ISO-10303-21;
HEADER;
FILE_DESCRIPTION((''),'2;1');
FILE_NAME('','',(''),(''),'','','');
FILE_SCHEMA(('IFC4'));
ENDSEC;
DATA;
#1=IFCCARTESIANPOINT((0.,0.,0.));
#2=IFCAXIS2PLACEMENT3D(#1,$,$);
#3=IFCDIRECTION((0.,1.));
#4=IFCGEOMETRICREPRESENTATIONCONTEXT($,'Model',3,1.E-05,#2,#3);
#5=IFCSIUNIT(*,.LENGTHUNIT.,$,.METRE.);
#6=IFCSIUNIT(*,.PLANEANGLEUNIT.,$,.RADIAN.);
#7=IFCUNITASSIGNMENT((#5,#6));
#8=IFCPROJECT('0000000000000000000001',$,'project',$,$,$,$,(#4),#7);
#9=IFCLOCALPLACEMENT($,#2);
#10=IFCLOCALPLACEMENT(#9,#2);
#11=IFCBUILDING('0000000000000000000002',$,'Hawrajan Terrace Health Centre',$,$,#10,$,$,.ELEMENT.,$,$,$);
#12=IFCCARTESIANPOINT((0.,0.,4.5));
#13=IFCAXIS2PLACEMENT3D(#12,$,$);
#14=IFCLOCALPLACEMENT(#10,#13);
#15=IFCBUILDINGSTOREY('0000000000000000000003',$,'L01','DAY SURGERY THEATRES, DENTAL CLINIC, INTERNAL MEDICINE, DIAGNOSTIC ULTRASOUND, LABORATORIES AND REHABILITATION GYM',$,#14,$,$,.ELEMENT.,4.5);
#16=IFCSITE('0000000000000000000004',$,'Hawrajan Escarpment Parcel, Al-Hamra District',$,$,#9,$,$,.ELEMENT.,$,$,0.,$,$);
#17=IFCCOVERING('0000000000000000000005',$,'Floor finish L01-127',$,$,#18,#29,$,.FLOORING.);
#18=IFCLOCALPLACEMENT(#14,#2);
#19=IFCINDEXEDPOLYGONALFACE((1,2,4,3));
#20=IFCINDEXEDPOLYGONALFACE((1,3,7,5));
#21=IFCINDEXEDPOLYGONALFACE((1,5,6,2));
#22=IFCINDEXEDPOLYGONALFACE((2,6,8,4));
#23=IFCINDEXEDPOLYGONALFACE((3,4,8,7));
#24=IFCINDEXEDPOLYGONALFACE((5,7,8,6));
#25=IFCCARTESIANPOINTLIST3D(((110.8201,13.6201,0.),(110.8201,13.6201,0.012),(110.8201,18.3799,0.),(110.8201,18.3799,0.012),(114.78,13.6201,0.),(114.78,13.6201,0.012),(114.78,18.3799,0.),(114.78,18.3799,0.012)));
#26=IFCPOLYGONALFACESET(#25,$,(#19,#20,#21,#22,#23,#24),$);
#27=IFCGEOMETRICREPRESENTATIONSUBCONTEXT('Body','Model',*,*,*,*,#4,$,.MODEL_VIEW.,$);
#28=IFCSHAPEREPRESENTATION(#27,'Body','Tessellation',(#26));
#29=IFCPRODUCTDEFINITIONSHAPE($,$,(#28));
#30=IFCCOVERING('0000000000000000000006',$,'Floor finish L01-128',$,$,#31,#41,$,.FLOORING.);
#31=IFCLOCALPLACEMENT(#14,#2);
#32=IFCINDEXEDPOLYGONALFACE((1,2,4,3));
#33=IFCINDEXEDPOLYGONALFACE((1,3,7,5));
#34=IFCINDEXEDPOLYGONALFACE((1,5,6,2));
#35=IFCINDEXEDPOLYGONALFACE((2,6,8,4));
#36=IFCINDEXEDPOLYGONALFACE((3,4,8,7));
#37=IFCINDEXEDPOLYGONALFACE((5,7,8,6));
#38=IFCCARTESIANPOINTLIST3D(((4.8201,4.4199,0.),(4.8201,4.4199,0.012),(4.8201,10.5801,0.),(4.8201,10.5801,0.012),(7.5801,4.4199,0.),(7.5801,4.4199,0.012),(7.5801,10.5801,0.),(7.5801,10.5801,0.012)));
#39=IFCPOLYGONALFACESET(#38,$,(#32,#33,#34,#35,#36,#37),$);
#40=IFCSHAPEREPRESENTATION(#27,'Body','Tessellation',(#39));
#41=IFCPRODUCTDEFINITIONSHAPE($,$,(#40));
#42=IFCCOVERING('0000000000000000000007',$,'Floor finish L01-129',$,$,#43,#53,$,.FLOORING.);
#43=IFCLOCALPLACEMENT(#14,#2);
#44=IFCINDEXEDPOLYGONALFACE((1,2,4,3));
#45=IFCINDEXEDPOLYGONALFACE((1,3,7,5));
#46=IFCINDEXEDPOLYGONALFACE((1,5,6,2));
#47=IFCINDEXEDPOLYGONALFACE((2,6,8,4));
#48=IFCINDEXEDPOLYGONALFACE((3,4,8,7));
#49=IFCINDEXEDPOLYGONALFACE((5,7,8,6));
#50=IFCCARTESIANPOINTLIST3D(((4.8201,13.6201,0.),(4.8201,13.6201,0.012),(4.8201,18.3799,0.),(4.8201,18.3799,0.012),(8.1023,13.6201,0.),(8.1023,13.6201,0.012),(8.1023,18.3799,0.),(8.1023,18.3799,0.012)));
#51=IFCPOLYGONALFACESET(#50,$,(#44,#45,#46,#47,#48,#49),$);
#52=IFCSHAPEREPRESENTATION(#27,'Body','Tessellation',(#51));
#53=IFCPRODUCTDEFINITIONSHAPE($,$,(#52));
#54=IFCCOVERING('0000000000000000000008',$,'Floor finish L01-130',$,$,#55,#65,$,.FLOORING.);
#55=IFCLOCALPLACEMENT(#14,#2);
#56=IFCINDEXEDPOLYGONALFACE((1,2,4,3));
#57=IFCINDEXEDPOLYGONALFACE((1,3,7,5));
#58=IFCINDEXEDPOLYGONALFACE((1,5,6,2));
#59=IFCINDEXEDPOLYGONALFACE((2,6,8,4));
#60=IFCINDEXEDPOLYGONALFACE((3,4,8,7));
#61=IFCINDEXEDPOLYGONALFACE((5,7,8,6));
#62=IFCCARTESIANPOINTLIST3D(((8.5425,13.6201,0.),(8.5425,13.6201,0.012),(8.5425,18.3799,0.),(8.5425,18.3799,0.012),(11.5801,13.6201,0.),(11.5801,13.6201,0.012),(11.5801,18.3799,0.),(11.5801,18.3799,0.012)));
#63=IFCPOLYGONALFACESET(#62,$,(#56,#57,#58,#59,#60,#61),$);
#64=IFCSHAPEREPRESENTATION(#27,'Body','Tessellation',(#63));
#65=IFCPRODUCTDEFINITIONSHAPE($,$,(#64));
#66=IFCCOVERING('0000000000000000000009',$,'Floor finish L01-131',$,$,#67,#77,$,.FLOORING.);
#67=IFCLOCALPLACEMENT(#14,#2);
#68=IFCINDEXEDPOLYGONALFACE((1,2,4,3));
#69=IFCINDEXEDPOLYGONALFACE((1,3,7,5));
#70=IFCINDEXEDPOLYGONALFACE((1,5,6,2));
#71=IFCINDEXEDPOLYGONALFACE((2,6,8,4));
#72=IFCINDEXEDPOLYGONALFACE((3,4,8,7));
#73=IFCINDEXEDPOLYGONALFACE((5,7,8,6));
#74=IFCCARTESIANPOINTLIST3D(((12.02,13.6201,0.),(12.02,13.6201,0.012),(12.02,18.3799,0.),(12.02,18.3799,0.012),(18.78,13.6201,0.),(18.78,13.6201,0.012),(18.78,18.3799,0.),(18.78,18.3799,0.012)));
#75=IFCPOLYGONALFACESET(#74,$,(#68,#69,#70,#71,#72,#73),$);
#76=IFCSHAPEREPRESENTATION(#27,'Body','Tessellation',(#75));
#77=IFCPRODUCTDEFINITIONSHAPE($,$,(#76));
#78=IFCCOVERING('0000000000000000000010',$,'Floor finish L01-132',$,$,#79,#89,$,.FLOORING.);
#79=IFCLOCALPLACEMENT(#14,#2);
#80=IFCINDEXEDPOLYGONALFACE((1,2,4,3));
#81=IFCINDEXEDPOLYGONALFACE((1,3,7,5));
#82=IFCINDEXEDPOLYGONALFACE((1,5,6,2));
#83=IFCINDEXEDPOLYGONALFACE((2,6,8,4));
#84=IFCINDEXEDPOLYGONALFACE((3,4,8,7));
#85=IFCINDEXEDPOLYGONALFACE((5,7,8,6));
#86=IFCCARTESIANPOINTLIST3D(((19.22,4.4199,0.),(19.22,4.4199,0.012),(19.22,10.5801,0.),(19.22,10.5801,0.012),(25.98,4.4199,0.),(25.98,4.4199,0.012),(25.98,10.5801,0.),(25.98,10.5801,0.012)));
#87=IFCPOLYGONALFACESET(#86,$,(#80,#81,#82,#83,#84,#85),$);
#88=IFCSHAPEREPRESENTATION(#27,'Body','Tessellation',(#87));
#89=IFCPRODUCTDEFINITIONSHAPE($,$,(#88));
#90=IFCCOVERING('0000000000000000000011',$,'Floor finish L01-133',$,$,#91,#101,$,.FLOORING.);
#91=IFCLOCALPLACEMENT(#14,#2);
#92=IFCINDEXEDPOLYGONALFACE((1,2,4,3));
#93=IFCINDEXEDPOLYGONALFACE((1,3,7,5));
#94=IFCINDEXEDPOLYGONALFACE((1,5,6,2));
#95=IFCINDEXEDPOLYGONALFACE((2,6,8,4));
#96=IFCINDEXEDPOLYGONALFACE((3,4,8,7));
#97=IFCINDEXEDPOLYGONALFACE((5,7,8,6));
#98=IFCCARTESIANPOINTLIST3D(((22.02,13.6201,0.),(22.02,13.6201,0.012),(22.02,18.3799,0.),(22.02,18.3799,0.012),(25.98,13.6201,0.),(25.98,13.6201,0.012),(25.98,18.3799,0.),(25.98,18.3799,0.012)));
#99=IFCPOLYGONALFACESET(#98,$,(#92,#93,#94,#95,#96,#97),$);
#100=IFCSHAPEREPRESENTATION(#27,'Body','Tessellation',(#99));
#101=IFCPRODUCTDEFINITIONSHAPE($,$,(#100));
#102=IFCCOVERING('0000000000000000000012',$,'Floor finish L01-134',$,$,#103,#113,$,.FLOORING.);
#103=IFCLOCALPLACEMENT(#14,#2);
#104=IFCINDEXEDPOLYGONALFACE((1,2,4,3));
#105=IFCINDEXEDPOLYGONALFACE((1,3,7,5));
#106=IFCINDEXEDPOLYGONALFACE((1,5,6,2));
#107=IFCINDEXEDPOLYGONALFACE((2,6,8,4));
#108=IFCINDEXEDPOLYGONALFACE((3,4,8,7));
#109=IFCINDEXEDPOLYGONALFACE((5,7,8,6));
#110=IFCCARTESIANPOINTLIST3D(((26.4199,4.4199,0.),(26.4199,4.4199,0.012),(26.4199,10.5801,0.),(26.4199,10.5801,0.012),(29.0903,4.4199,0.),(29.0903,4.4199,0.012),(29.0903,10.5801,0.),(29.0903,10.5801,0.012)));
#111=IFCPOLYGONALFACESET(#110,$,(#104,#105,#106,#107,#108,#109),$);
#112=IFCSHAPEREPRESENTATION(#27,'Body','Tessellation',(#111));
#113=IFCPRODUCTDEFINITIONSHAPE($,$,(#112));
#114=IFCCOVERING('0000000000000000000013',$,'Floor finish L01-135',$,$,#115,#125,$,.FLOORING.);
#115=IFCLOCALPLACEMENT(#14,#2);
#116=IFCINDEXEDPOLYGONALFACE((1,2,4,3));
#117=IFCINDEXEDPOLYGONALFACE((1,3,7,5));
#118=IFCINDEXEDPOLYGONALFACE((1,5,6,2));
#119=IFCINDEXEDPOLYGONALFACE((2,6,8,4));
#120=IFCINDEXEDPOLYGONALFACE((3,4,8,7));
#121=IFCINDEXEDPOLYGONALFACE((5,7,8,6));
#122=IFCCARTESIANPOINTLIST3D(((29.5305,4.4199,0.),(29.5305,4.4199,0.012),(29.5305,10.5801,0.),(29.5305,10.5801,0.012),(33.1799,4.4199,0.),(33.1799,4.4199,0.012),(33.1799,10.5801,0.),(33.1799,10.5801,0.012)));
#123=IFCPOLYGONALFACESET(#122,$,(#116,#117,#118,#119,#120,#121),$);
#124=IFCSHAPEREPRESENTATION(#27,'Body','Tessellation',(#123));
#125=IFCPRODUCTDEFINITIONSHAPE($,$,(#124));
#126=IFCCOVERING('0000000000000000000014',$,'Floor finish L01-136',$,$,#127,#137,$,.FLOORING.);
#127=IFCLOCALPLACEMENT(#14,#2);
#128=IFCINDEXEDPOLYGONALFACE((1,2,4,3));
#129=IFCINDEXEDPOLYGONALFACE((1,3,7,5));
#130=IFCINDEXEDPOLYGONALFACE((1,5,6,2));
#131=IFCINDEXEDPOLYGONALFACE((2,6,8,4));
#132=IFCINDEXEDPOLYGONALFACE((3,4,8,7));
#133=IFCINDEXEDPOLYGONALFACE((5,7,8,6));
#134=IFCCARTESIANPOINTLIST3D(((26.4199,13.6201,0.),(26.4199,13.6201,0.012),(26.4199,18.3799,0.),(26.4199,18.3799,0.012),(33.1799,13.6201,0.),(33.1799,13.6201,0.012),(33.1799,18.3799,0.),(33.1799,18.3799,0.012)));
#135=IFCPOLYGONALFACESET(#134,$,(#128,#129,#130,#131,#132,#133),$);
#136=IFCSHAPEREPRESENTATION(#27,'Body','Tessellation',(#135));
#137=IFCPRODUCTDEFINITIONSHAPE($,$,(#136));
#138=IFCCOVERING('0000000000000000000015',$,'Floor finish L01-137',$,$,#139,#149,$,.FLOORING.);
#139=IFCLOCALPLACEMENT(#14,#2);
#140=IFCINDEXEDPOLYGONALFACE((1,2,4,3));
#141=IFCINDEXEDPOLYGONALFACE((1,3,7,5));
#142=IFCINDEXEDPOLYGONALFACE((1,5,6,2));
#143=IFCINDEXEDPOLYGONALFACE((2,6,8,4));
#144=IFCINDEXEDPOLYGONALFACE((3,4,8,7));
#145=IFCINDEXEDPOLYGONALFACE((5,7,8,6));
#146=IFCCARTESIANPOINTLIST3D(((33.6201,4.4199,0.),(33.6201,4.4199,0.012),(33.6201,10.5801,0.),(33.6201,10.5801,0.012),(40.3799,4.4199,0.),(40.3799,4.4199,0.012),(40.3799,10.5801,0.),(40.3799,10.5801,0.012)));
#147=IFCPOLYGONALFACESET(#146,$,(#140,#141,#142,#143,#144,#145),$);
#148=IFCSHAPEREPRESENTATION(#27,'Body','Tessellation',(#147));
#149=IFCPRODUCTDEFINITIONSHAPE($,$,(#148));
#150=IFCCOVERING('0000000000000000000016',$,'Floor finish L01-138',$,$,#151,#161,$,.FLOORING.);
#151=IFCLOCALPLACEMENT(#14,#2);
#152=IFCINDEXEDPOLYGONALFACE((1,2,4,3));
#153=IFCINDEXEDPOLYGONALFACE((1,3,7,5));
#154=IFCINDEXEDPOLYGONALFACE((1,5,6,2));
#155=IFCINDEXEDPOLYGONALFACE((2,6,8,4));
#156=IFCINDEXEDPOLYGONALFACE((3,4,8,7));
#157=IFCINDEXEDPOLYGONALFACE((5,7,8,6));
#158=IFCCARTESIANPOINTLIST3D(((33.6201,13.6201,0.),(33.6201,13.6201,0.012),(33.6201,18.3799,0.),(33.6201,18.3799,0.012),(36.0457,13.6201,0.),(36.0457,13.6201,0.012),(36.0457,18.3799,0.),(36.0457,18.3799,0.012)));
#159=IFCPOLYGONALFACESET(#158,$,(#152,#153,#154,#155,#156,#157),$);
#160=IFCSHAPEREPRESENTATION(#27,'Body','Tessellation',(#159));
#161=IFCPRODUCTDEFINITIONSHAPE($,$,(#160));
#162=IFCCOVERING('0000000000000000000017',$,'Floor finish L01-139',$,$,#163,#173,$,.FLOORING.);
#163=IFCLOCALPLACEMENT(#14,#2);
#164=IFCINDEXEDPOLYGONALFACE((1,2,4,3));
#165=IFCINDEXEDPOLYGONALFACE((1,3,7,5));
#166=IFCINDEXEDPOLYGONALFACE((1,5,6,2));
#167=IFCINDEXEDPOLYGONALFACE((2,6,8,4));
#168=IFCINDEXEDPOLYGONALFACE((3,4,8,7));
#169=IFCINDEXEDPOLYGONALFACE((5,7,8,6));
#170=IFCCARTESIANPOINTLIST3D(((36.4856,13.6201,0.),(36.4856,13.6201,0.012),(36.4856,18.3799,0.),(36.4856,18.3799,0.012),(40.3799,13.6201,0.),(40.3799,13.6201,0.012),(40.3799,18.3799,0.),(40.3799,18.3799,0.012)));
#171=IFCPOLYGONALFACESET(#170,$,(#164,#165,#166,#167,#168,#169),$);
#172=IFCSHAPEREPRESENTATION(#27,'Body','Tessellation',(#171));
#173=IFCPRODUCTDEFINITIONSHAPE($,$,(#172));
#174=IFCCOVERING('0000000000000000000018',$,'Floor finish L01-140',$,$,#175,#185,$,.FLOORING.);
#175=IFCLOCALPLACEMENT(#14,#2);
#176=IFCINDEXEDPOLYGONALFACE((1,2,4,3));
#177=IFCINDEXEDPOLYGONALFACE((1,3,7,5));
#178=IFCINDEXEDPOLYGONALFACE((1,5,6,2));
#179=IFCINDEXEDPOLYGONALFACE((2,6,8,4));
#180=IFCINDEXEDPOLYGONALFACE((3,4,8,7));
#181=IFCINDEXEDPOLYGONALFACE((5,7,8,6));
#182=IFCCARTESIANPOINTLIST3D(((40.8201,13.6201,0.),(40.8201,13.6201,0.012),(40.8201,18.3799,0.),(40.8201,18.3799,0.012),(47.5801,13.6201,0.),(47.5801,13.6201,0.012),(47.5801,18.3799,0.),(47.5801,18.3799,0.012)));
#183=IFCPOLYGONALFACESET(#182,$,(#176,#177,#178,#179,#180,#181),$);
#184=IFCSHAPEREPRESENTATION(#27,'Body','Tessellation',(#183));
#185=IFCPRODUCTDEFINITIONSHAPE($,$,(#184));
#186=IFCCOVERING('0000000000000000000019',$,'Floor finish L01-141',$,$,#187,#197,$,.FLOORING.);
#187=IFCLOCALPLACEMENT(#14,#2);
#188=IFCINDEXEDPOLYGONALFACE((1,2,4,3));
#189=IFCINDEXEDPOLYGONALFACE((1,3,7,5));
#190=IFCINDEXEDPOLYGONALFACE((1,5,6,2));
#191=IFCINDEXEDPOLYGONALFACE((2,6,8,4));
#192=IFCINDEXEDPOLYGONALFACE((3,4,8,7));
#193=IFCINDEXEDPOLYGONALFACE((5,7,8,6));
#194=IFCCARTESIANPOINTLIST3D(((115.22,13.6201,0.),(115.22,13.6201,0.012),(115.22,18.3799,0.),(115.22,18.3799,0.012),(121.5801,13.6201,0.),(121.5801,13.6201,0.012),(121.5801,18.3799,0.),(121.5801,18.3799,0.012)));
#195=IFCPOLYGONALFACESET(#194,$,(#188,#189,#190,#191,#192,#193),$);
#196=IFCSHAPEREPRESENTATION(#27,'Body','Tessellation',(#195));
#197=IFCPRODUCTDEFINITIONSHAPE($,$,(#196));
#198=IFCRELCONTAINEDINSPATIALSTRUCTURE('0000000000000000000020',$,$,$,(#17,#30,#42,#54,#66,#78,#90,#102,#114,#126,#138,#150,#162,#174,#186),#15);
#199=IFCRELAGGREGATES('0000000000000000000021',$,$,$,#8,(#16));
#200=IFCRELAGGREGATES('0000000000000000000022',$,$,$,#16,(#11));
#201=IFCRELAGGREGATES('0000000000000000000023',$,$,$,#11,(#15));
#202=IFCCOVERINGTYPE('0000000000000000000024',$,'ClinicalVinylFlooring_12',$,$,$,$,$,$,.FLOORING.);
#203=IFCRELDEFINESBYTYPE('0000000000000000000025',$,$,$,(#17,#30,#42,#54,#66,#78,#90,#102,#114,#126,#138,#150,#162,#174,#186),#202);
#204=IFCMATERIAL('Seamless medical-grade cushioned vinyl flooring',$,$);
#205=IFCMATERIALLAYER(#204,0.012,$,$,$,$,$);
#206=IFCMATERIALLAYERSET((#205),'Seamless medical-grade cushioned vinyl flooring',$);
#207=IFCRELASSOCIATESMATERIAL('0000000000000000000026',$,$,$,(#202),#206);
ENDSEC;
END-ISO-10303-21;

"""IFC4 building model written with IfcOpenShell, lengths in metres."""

from ifc_helpers import new_model, si_unit, direction, frame, origin, place, context, subcontext, project, spatial, polyline, outline, extrude, material, layer, layer_set, type_object, element, save


model = new_model("IFC4")

# Units and contexts
model_context = context("Model", 3, precision=1e-05, world=origin(), true_north=direction((0.0, 1.0)))
body_context = subcontext(model_context, "Body", "Model", "MODEL_VIEW")
ifc_project = project(units=[si_unit("LENGTHUNIT", "METRE"), si_unit("PLANEANGLEUNIT", "RADIAN")], contexts=[model_context])

# Site, building, storey
site_placement = place(None, origin())
site = spatial("IfcSite", under=ifc_project, at=site_placement, Name="Hawrajan Escarpment Parcel, Al-Hamra District", CompositionType="ELEMENT", RefElevation=0.0)
building_placement = place(site_placement, origin())
building = spatial("IfcBuilding", under=site, at=building_placement, Name="Hawrajan Terrace Health Centre", CompositionType="ELEMENT")
storey_placement = place(building_placement, frame((0.0, 0.0, 4.5)))
storey = spatial("IfcBuildingStorey", under=building, at=storey_placement, Name="L01", Description="DAY SURGERY THEATRES, DENTAL CLINIC, INTERNAL MEDICINE, DIAGNOSTIC ULTRASOUND, LABORATORIES AND REHABILITATION GYM", CompositionType="ELEMENT", Elevation=4.5)

# Coverings
ifc_material = material(Name="Seamless medical-grade cushioned vinyl flooring")
ifc_layer = layer(ifc_material, 0.012)
ifc_layer_set = layer_set([ifc_layer], Name="Seamless medical-grade cushioned vinyl flooring")
covering_type = type_object("IfcCoveringType", Name="ClinicalVinylFlooring_12", PredefinedType="FLOORING", material=ifc_layer_set)
covering_1_placement = place(storey_placement, origin())
element("IfcCovering", 1, at=covering_1_placement, inside=storey, type_object=covering_type, Name="Floor finish L01-127", PredefinedType="FLOORING", context=body_context, shape_type="SweptSolid", body=[
    extrude(outline(polyline([(110.8201, 18.3799), (114.78, 18.3799), (114.78, 13.6201), (110.8201, 13.6201), (110.8201, 18.3799)])), origin(), (0.0, 0.0, 1.0), 0.012),
])
covering_2_placement = place(storey_placement, origin())
element("IfcCovering", 2, at=covering_2_placement, inside=storey, type_object=covering_type, Name="Floor finish L01-128", PredefinedType="FLOORING", context=body_context, shape_type="SweptSolid", body=[
    extrude(outline(polyline([(4.8201, 10.5801), (7.5801, 10.5801), (7.5801, 4.4199), (4.8201, 4.4199), (4.8201, 10.5801)])), origin(), (0.0, 0.0, 1.0), 0.012),
])
covering_3_placement = place(storey_placement, origin())
element("IfcCovering", 3, at=covering_3_placement, inside=storey, type_object=covering_type, Name="Floor finish L01-129", PredefinedType="FLOORING", context=body_context, shape_type="SweptSolid", body=[
    extrude(outline(polyline([(4.8201, 18.3799), (8.1023, 18.3799), (8.1023, 13.6201), (4.8201, 13.6201), (4.8201, 18.3799)])), origin(), (0.0, 0.0, 1.0), 0.012),
])
covering_4_placement = place(storey_placement, origin())
element("IfcCovering", 4, at=covering_4_placement, inside=storey, type_object=covering_type, Name="Floor finish L01-130", PredefinedType="FLOORING", context=body_context, shape_type="SweptSolid", body=[
    extrude(outline(polyline([(8.5425, 18.3799), (11.5801, 18.3799), (11.5801, 13.6201), (8.5425, 13.6201), (8.5425, 18.3799)])), origin(), (0.0, 0.0, 1.0), 0.012),
])
covering_5_placement = place(storey_placement, origin())
element("IfcCovering", 5, at=covering_5_placement, inside=storey, type_object=covering_type, Name="Floor finish L01-131", PredefinedType="FLOORING", context=body_context, shape_type="SweptSolid", body=[
    extrude(outline(polyline([(12.02, 18.3799), (18.78, 18.3799), (18.78, 13.6201), (12.02, 13.6201), (12.02, 18.3799)])), origin(), (0.0, 0.0, 1.0), 0.012),
])
covering_6_placement = place(storey_placement, origin())
element("IfcCovering", 6, at=covering_6_placement, inside=storey, type_object=covering_type, Name="Floor finish L01-132", PredefinedType="FLOORING", context=body_context, shape_type="SweptSolid", body=[
    extrude(outline(polyline([(19.22, 10.5801), (25.98, 10.5801), (25.98, 4.4199), (19.22, 4.4199), (19.22, 10.5801)])), origin(), (0.0, 0.0, 1.0), 0.012),
])
covering_7_placement = place(storey_placement, origin())
element("IfcCovering", 7, at=covering_7_placement, inside=storey, type_object=covering_type, Name="Floor finish L01-133", PredefinedType="FLOORING", context=body_context, shape_type="SweptSolid", body=[
    extrude(outline(polyline([(22.02, 18.3799), (25.98, 18.3799), (25.98, 13.6201), (22.02, 13.6201), (22.02, 18.3799)])), origin(), (0.0, 0.0, 1.0), 0.012),
])
covering_8_placement = place(storey_placement, origin())
element("IfcCovering", 8, at=covering_8_placement, inside=storey, type_object=covering_type, Name="Floor finish L01-134", PredefinedType="FLOORING", context=body_context, shape_type="SweptSolid", body=[
    extrude(outline(polyline([(26.4199, 10.5801), (29.0903, 10.5801), (29.0903, 4.4199), (26.4199, 4.4199), (26.4199, 10.5801)])), origin(), (0.0, 0.0, 1.0), 0.012),
])
covering_9_placement = place(storey_placement, origin())
element("IfcCovering", 9, at=covering_9_placement, inside=storey, type_object=covering_type, Name="Floor finish L01-135", PredefinedType="FLOORING", context=body_context, shape_type="SweptSolid", body=[
    extrude(outline(polyline([(29.5305, 10.5801), (33.1799, 10.5801), (33.1799, 4.4199), (29.5305, 4.4199), (29.5305, 10.5801)])), origin(), (0.0, 0.0, 1.0), 0.012),
])
covering_10_placement = place(storey_placement, origin())
element("IfcCovering", 10, at=covering_10_placement, inside=storey, type_object=covering_type, Name="Floor finish L01-136", PredefinedType="FLOORING", context=body_context, shape_type="SweptSolid", body=[
    extrude(outline(polyline([(26.4199, 18.3799), (33.1799, 18.3799), (33.1799, 13.6201), (26.4199, 13.6201), (26.4199, 18.3799)])), origin(), (0.0, 0.0, 1.0), 0.012),
])
covering_11_placement = place(storey_placement, origin())
element("IfcCovering", 11, at=covering_11_placement, inside=storey, type_object=covering_type, Name="Floor finish L01-137", PredefinedType="FLOORING", context=body_context, shape_type="SweptSolid", body=[
    extrude(outline(polyline([(33.6201, 10.5801), (40.3799, 10.5801), (40.3799, 4.4199), (33.6201, 4.4199), (33.6201, 10.5801)])), origin(), (0.0, 0.0, 1.0), 0.012),
])
covering_12_placement = place(storey_placement, origin())
element("IfcCovering", 12, at=covering_12_placement, inside=storey, type_object=covering_type, Name="Floor finish L01-138", PredefinedType="FLOORING", context=body_context, shape_type="SweptSolid", body=[
    extrude(outline(polyline([(33.6201, 18.3799), (36.0457, 18.3799), (36.0457, 13.6201), (33.6201, 13.6201), (33.6201, 18.3799)])), origin(), (0.0, 0.0, 1.0), 0.012),
])
covering_13_placement = place(storey_placement, origin())
element("IfcCovering", 13, at=covering_13_placement, inside=storey, type_object=covering_type, Name="Floor finish L01-139", PredefinedType="FLOORING", context=body_context, shape_type="SweptSolid", body=[
    extrude(outline(polyline([(36.4856, 18.3799), (40.3799, 18.3799), (40.3799, 13.6201), (36.4856, 13.6201), (36.4856, 18.3799)])), origin(), (0.0, 0.0, 1.0), 0.012),
])
covering_14_placement = place(storey_placement, origin())
element("IfcCovering", 14, at=covering_14_placement, inside=storey, type_object=covering_type, Name="Floor finish L01-140", PredefinedType="FLOORING", context=body_context, shape_type="SweptSolid", body=[
    extrude(outline(polyline([(40.8201, 18.3799), (47.5801, 18.3799), (47.5801, 13.6201), (40.8201, 13.6201), (40.8201, 18.3799)])), origin(), (0.0, 0.0, 1.0), 0.012),
])
covering_15_placement = place(storey_placement, origin())
element("IfcCovering", 15, at=covering_15_placement, inside=storey, type_object=covering_type, Name="Floor finish L01-141", PredefinedType="FLOORING", context=body_context, shape_type="SweptSolid", body=[
    extrude(outline(polyline([(115.22, 18.3799), (121.5801, 18.3799), (121.5801, 13.6201), (115.22, 13.6201), (115.22, 18.3799)])), origin(), (0.0, 0.0, 1.0), 0.012),
])

save(model, "model.ifc")
